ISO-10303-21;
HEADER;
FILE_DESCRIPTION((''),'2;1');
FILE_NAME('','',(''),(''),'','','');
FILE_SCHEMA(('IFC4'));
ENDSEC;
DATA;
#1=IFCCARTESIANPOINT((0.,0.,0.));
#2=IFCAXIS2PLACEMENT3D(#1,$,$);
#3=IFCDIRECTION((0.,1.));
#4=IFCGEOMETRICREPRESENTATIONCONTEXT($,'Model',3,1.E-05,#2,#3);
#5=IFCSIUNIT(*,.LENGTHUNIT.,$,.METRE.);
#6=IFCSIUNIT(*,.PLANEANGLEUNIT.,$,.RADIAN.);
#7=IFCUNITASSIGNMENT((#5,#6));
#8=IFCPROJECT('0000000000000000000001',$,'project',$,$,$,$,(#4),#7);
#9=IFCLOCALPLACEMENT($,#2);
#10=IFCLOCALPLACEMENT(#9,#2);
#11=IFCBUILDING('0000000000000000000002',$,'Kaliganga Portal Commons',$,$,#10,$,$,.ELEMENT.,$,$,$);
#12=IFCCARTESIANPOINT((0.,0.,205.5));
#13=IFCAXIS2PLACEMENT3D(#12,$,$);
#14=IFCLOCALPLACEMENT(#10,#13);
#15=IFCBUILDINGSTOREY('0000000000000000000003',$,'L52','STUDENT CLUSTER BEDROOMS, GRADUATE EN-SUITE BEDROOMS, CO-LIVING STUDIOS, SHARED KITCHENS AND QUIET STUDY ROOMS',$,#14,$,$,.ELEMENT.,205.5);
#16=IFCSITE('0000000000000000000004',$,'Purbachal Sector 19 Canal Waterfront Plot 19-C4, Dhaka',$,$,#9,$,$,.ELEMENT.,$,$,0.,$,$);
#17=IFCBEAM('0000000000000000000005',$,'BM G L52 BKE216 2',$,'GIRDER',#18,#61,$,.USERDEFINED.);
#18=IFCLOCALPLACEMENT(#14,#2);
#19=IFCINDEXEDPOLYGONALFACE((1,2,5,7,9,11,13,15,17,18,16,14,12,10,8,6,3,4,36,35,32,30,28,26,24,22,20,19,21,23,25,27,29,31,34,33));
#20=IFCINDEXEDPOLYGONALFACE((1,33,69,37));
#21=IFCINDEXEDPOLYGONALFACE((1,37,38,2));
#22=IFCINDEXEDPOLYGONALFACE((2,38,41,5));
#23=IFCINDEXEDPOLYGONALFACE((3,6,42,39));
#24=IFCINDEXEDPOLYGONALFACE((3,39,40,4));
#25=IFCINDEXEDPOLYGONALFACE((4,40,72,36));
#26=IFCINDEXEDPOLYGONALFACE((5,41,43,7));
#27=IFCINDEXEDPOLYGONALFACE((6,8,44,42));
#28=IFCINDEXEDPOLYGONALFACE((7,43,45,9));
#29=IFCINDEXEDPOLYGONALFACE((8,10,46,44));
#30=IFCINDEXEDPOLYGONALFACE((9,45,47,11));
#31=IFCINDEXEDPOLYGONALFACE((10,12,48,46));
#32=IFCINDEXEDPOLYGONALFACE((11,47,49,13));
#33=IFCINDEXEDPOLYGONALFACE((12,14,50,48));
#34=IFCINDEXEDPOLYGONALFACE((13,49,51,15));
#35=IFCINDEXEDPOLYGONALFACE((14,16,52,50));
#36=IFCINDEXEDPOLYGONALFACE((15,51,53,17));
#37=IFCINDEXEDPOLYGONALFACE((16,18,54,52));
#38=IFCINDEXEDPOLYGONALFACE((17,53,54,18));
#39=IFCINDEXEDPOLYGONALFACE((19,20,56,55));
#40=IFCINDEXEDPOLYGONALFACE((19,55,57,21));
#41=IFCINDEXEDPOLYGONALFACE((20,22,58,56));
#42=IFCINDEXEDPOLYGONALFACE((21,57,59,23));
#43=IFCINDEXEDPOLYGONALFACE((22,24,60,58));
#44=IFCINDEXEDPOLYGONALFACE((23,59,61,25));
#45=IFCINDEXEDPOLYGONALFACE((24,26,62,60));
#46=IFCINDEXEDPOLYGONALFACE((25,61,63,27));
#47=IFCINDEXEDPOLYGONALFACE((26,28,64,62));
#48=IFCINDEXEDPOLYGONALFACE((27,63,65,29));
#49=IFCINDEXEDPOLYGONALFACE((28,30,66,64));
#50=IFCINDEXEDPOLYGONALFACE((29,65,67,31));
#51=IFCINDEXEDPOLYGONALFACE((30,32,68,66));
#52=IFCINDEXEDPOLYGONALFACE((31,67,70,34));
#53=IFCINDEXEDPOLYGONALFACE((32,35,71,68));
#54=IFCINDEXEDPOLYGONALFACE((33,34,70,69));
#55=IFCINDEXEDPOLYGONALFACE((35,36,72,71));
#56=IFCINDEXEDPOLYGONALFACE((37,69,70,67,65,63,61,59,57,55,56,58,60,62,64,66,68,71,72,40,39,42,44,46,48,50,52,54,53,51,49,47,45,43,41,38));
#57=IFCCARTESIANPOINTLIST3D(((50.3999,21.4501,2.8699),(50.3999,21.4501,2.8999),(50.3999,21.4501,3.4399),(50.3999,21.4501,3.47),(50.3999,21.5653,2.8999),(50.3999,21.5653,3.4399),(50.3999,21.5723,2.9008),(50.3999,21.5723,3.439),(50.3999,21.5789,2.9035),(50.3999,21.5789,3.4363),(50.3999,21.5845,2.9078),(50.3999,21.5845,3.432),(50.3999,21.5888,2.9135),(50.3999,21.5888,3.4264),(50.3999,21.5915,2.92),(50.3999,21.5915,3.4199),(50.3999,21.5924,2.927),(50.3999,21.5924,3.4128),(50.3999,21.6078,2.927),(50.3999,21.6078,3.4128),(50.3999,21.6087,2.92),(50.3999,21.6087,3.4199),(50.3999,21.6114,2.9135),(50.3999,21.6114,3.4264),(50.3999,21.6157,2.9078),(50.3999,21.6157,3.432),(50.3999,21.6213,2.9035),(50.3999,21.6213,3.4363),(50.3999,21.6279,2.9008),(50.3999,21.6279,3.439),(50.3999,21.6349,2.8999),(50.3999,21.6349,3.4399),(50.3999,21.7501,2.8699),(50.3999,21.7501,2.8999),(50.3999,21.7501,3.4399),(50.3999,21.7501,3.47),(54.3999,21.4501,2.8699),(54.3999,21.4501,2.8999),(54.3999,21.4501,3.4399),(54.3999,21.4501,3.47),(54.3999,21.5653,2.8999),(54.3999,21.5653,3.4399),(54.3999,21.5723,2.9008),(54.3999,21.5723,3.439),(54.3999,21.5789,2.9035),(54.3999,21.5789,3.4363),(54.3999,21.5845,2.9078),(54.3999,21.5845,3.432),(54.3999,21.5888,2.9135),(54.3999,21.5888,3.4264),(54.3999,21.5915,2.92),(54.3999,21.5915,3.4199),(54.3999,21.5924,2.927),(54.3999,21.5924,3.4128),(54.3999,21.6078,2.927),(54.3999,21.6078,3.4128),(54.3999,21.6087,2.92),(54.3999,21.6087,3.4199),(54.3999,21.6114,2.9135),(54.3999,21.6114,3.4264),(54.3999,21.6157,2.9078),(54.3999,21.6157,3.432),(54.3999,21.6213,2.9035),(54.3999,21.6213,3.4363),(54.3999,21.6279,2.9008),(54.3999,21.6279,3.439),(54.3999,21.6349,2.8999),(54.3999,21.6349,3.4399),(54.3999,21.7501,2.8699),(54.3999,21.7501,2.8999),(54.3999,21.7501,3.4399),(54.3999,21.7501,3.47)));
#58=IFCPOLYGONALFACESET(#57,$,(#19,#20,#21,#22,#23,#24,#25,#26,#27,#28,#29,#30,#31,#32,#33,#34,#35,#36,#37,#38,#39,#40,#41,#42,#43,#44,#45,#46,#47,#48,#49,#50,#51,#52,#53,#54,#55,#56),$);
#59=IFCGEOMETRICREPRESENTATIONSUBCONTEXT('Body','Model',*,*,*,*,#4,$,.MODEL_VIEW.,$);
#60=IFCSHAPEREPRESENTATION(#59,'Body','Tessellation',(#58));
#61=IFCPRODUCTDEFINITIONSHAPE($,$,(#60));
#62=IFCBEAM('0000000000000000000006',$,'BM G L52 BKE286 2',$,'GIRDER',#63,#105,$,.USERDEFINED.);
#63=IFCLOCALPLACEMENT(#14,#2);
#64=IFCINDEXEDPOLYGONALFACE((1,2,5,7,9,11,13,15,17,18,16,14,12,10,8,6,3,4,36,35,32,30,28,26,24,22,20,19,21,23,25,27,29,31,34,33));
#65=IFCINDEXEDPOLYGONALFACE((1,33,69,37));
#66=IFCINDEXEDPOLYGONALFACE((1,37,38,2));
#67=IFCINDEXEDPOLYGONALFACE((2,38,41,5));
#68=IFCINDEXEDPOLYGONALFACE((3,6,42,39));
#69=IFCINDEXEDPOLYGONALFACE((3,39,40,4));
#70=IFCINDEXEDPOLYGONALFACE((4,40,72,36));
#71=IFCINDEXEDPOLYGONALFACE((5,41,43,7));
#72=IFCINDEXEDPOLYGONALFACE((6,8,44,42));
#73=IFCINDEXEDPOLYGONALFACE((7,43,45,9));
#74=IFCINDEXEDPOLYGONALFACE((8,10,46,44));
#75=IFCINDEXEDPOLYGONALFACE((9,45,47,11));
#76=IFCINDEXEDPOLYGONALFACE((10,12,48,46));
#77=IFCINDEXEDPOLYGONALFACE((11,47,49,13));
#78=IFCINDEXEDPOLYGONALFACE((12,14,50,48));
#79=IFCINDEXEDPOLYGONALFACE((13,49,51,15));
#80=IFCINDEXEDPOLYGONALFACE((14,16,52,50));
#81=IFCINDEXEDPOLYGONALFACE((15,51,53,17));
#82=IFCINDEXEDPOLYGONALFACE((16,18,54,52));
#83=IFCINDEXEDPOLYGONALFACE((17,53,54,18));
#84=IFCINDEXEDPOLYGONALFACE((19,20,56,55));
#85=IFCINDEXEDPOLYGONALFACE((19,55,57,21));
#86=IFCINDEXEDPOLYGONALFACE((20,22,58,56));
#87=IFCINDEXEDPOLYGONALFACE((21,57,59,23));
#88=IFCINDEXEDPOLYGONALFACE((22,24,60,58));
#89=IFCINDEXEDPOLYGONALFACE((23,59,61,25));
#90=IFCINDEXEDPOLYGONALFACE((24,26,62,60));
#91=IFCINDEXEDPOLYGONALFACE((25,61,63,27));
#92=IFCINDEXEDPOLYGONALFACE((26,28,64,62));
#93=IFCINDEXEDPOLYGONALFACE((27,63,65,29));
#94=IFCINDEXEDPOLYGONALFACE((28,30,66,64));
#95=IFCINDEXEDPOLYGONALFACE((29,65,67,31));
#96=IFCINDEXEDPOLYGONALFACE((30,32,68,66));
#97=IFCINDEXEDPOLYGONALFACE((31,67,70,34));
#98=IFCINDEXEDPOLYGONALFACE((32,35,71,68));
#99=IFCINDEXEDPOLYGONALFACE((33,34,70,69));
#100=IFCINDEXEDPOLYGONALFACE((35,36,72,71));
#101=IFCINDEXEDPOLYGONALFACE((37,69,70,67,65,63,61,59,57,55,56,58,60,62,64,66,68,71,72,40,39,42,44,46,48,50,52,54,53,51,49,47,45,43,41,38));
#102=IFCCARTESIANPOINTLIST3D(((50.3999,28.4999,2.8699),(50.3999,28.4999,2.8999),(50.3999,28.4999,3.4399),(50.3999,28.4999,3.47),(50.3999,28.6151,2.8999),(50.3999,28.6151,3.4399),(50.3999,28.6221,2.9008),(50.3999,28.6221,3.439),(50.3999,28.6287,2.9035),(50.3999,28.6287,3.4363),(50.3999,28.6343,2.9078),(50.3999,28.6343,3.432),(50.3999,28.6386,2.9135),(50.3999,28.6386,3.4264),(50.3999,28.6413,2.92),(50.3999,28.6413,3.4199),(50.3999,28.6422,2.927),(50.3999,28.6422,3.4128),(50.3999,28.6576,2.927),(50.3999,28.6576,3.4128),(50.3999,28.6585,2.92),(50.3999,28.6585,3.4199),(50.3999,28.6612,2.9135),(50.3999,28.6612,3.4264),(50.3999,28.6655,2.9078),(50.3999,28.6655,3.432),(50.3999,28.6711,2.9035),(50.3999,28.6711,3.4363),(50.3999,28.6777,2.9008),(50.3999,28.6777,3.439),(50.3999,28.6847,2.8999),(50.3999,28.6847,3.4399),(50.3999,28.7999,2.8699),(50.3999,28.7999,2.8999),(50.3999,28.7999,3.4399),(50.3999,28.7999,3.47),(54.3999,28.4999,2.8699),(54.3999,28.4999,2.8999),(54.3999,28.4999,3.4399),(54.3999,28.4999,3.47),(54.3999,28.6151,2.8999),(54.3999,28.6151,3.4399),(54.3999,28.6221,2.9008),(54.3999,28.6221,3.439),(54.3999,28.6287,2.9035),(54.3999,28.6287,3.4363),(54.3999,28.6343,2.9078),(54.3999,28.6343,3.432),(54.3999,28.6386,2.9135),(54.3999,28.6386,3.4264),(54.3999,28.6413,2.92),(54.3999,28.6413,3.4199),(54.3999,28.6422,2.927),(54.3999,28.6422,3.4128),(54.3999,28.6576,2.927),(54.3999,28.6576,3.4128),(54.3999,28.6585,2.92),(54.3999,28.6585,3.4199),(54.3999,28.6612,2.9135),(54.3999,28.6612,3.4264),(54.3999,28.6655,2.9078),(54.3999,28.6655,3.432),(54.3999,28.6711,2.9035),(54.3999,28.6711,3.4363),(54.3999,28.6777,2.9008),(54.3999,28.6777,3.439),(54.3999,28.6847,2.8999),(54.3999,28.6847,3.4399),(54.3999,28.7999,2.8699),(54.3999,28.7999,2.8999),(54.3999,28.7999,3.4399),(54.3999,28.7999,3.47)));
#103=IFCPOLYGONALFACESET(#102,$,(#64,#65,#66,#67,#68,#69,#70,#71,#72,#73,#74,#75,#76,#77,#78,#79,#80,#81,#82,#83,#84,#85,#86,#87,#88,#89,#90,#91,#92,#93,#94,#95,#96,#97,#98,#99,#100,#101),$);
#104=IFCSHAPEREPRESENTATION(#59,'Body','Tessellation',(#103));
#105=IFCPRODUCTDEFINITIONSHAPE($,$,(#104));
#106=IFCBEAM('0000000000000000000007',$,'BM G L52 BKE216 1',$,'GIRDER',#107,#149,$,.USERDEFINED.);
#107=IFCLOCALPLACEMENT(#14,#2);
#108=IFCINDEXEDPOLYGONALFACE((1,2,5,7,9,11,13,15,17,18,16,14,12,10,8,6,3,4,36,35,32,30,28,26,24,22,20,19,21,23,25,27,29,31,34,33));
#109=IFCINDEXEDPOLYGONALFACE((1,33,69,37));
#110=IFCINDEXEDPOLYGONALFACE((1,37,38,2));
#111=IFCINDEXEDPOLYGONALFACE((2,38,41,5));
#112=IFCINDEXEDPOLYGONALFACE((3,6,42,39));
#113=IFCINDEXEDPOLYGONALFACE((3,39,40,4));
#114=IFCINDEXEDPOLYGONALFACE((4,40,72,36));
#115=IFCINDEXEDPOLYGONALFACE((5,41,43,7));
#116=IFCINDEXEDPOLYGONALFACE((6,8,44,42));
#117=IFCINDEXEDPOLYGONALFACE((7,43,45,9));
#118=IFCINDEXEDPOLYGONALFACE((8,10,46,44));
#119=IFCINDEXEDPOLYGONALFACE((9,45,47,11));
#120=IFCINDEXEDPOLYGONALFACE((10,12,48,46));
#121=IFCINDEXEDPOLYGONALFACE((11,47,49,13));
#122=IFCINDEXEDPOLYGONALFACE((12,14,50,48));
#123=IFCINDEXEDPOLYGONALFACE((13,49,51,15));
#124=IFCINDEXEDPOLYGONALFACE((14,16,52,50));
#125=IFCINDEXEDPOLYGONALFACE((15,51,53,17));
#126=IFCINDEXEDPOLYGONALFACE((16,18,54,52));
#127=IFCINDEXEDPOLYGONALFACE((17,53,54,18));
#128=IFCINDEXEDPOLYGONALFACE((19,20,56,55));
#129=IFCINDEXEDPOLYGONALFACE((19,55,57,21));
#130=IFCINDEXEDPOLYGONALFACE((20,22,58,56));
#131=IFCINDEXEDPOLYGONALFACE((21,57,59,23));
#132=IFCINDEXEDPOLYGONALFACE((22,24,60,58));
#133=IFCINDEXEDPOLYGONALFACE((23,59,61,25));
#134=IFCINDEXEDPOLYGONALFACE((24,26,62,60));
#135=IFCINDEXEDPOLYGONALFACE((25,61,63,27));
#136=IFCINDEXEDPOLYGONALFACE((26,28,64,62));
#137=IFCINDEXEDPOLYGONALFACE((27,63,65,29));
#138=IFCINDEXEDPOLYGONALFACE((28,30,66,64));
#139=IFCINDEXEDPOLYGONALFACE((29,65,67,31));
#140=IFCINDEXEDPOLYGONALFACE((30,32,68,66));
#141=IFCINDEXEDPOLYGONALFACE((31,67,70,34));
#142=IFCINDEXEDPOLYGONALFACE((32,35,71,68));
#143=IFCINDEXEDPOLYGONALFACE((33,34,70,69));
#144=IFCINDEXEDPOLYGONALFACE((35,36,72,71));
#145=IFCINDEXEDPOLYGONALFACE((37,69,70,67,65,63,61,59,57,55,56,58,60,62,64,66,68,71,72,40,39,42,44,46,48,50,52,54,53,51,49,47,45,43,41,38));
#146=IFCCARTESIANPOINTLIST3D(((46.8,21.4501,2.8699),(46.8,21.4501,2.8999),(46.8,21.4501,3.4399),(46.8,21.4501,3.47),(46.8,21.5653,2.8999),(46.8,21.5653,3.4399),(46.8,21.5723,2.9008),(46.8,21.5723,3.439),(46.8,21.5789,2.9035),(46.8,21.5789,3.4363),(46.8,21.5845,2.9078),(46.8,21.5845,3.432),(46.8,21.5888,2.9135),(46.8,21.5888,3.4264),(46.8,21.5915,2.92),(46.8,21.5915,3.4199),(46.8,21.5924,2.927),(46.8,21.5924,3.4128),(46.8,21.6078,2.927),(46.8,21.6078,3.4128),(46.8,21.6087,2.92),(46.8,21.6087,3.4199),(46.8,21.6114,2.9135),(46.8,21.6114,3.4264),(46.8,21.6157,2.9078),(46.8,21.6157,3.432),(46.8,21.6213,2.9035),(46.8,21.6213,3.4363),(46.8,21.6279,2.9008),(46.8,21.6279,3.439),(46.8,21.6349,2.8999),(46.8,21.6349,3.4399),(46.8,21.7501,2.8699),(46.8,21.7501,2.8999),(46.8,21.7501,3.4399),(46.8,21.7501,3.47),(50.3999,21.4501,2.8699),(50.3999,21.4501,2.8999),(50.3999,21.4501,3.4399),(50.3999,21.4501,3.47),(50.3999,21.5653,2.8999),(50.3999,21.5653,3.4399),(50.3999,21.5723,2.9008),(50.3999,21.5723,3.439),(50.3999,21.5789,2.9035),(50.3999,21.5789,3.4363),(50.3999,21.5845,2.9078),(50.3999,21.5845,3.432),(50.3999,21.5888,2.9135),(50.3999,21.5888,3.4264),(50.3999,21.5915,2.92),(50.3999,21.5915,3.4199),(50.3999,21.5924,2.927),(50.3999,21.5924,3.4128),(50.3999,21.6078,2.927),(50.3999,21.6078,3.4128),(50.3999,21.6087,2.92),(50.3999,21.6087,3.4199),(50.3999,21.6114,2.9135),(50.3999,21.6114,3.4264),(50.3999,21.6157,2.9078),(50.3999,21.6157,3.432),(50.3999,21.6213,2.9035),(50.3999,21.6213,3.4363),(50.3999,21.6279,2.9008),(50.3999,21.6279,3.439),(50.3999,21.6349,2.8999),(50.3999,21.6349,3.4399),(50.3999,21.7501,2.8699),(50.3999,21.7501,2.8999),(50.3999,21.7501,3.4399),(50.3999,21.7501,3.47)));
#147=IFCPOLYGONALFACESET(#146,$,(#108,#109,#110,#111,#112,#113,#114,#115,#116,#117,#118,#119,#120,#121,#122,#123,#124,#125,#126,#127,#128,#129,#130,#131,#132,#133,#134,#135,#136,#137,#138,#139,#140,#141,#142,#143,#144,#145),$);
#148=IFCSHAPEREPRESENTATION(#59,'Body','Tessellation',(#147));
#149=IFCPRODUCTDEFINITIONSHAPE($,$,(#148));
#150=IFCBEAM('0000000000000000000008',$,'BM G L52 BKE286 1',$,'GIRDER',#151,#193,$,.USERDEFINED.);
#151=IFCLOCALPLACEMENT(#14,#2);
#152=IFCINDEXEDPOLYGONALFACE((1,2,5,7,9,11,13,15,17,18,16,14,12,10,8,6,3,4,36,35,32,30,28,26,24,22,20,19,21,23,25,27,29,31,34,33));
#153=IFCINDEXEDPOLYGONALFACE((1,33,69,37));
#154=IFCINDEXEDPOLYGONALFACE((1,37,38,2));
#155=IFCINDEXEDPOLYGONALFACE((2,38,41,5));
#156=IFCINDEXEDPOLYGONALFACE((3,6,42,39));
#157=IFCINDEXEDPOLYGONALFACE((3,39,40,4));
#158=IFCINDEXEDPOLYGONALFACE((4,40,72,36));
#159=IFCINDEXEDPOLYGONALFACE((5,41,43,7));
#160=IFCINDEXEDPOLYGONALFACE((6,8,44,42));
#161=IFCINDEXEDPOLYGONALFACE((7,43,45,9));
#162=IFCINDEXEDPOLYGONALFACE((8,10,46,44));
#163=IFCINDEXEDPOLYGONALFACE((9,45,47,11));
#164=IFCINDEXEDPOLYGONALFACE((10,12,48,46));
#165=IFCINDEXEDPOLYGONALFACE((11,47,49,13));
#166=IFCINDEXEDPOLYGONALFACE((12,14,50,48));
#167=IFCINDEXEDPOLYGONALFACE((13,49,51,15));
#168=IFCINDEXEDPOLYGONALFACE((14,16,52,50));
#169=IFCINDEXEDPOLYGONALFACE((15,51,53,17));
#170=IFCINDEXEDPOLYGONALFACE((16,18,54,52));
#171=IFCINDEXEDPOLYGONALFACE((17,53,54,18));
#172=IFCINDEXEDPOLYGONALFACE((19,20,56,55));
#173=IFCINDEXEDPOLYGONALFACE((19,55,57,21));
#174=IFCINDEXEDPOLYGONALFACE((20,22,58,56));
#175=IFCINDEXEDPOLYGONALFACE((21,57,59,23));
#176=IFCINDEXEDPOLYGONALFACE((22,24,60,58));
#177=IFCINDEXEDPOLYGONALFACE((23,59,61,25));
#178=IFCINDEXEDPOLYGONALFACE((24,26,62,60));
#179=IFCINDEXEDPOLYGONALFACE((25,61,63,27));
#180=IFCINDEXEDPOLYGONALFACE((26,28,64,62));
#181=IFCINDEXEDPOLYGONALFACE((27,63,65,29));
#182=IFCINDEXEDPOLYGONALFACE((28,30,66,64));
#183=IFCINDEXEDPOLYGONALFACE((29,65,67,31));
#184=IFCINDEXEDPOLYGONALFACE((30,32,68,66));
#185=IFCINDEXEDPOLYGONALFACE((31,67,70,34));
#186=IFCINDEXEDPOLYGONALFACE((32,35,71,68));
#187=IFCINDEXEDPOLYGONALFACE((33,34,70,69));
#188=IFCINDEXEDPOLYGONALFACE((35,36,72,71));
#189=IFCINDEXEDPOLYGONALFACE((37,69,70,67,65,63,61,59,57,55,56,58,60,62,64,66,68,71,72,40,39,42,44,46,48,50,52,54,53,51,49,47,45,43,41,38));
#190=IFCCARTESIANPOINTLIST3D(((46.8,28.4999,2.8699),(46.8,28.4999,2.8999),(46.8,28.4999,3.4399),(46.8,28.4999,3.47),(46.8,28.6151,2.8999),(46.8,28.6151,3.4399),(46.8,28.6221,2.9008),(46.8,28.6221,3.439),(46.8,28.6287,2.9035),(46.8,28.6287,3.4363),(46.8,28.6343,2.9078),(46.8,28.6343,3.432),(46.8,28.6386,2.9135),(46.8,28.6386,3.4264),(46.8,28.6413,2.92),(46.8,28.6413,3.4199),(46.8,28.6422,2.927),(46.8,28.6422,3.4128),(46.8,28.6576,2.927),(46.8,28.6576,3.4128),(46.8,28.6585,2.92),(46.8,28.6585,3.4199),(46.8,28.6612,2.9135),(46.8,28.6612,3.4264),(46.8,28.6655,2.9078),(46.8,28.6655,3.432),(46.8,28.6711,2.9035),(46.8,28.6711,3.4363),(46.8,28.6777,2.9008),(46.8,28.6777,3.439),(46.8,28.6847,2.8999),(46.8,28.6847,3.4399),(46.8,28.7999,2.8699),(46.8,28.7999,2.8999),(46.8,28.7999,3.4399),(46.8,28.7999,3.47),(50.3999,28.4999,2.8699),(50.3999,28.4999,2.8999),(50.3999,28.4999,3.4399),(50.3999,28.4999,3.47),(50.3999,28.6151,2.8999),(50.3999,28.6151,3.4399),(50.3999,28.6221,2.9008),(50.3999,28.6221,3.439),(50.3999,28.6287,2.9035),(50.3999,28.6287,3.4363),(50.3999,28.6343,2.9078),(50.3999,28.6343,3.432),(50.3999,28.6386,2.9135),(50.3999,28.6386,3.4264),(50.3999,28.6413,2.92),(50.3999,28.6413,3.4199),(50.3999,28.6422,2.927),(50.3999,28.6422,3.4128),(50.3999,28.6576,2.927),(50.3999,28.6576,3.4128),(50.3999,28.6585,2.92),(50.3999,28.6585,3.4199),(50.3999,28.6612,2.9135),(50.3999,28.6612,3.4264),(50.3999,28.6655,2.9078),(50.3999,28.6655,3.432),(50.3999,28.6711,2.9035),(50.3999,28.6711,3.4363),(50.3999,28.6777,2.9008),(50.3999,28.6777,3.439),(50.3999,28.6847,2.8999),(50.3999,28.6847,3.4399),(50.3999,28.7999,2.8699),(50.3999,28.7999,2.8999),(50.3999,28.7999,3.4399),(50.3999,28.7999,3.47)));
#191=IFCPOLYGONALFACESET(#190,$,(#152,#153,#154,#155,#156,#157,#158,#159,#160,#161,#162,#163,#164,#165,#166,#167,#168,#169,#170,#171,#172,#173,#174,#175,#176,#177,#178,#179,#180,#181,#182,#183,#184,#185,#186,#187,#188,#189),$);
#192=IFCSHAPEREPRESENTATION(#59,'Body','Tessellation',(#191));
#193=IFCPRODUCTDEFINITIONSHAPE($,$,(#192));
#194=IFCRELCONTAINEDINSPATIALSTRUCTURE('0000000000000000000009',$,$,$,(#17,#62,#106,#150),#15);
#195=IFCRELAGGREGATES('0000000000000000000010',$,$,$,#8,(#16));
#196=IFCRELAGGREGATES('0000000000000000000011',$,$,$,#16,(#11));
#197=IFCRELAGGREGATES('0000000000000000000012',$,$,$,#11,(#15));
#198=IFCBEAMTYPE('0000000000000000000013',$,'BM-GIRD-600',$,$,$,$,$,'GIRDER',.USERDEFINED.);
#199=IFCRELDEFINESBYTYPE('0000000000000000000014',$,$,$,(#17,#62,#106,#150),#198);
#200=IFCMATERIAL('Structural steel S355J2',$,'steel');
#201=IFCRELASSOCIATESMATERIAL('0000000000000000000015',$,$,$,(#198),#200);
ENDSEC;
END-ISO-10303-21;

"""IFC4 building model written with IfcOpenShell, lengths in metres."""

from ifc_helpers import new_model, si_unit, direction, frame, origin, origin_2d, place, context, subcontext, project, spatial, i_section, extrude, source, transform, mapped, material, material_profile, profile_set, type_object, element, save


model = new_model("IFC4")

# Units and contexts
model_context = context("Model", 3, precision=1e-05, world=origin(), true_north=direction((0.0, 1.0)))
body_context = subcontext(model_context, "Body", "Model", "MODEL_VIEW")
ifc_project = project(units=[si_unit("LENGTHUNIT", "METRE"), si_unit("PLANEANGLEUNIT", "RADIAN")], contexts=[model_context])

# Site, building, storey
site_placement = place(None, origin())
site = spatial("IfcSite", under=ifc_project, at=site_placement, Name="Purbachal Sector 19 Canal Waterfront Plot 19-C4, Dhaka", CompositionType="ELEMENT", RefElevation=0.0)
building_placement = place(site_placement, origin())
building = spatial("IfcBuilding", under=site, at=building_placement, Name="Kaliganga Portal Commons", CompositionType="ELEMENT")
storey_placement = place(building_placement, frame((0.0, 0.0, 205.5)))
storey = spatial("IfcBuildingStorey", under=building, at=storey_placement, Name="L52", Description="STUDENT CLUSTER BEDROOMS, GRADUATE EN-SUITE BEDROOMS, CO-LIVING STUDIOS, SHARED KITCHENS AND QUIET STUDY ROOMS", CompositionType="ELEMENT", Elevation=205.5)

# Shared definitions
ifc_material_1 = material(Name="Structural steel S355J2", Category="steel")

# Beams
ifc_material_profile_1 = material_profile(ifc_material_1, i_section(OverallWidth=0.3, OverallDepth=0.6001, WebThickness=0.0154, FlangeThickness=0.03, FilletRadius=0.0271, at=origin_2d()), Name="HE 600 B")
ifc_profile_set_1 = profile_set([ifc_material_profile_1], Name="Structural steel S355J2 wide-flange")
beam_type_1 = type_object("IfcBeamType", Name="BM-GIRD-600", ElementType="GIRDER", PredefinedType="USERDEFINED", material=ifc_profile_set_1)
shared_shape_1 = source(origin(), body_context, "Body", "SweptSolid", [
    extrude(i_section(OverallWidth=0.3, OverallDepth=0.6001, WebThickness=0.0154, FlangeThickness=0.03, FilletRadius=0.0271, at=origin_2d()), origin(), (0.0, 0.0, 1.0), 4.0),
])
for number, where, z_axis, x_axis, name in (
    (1, (50.3999, 21.6001, 3.1699), (1.0, 0.0, 0.0), (0.0, 1.0, 0.0), "BM G L52 BKE216 2"),
    (2, (50.3999, 28.6499, 3.1699), (1.0, 0.0, 0.0), (0.0, 1.0, 0.0), "BM G L52 BKE286 2"),
):
    element("IfcBeam", number, at=place(storey_placement, frame(where, z_axis=z_axis, x_axis=x_axis)), inside=storey, type_object=beam_type_1, Name=name, ObjectType="GIRDER", PredefinedType="USERDEFINED", context=body_context, shape_type="MappedRepresentation", body=[
        mapped(shared_shape_1, transform((0.0, 0.0, 0.0), x_axis=(1.0, 0.0, 0.0), y_axis=(0.0, 1.0, 0.0), z_axis=(0.0, 0.0, 1.0), scale=1.0)),
    ])
shared_shape_2 = source(origin(), body_context, "Body", "SweptSolid", [
    extrude(i_section(OverallWidth=0.3, OverallDepth=0.6001, WebThickness=0.0154, FlangeThickness=0.03, FilletRadius=0.0271, at=origin_2d()), origin(), (0.0, 0.0, 1.0), 3.5999),
])
for number, where, z_axis, x_axis, name in (
    (3, (46.8, 21.6001, 3.1699), (1.0, 0.0, 0.0), (0.0, 1.0, 0.0), "BM G L52 BKE216 1"),
    (4, (46.8, 28.6499, 3.1699), (1.0, 0.0, 0.0), (0.0, 1.0, 0.0), "BM G L52 BKE286 1"),
):
    element("IfcBeam", number, at=place(storey_placement, frame(where, z_axis=z_axis, x_axis=x_axis)), inside=storey, type_object=beam_type_1, Name=name, ObjectType="GIRDER", PredefinedType="USERDEFINED", context=body_context, shape_type="MappedRepresentation", body=[
        mapped(shared_shape_2, transform((0.0, 0.0, 0.0), x_axis=(1.0, 0.0, 0.0), y_axis=(0.0, 1.0, 0.0), z_axis=(0.0, 0.0, 1.0), scale=1.0)),
    ])

save(model, "model.ifc")
